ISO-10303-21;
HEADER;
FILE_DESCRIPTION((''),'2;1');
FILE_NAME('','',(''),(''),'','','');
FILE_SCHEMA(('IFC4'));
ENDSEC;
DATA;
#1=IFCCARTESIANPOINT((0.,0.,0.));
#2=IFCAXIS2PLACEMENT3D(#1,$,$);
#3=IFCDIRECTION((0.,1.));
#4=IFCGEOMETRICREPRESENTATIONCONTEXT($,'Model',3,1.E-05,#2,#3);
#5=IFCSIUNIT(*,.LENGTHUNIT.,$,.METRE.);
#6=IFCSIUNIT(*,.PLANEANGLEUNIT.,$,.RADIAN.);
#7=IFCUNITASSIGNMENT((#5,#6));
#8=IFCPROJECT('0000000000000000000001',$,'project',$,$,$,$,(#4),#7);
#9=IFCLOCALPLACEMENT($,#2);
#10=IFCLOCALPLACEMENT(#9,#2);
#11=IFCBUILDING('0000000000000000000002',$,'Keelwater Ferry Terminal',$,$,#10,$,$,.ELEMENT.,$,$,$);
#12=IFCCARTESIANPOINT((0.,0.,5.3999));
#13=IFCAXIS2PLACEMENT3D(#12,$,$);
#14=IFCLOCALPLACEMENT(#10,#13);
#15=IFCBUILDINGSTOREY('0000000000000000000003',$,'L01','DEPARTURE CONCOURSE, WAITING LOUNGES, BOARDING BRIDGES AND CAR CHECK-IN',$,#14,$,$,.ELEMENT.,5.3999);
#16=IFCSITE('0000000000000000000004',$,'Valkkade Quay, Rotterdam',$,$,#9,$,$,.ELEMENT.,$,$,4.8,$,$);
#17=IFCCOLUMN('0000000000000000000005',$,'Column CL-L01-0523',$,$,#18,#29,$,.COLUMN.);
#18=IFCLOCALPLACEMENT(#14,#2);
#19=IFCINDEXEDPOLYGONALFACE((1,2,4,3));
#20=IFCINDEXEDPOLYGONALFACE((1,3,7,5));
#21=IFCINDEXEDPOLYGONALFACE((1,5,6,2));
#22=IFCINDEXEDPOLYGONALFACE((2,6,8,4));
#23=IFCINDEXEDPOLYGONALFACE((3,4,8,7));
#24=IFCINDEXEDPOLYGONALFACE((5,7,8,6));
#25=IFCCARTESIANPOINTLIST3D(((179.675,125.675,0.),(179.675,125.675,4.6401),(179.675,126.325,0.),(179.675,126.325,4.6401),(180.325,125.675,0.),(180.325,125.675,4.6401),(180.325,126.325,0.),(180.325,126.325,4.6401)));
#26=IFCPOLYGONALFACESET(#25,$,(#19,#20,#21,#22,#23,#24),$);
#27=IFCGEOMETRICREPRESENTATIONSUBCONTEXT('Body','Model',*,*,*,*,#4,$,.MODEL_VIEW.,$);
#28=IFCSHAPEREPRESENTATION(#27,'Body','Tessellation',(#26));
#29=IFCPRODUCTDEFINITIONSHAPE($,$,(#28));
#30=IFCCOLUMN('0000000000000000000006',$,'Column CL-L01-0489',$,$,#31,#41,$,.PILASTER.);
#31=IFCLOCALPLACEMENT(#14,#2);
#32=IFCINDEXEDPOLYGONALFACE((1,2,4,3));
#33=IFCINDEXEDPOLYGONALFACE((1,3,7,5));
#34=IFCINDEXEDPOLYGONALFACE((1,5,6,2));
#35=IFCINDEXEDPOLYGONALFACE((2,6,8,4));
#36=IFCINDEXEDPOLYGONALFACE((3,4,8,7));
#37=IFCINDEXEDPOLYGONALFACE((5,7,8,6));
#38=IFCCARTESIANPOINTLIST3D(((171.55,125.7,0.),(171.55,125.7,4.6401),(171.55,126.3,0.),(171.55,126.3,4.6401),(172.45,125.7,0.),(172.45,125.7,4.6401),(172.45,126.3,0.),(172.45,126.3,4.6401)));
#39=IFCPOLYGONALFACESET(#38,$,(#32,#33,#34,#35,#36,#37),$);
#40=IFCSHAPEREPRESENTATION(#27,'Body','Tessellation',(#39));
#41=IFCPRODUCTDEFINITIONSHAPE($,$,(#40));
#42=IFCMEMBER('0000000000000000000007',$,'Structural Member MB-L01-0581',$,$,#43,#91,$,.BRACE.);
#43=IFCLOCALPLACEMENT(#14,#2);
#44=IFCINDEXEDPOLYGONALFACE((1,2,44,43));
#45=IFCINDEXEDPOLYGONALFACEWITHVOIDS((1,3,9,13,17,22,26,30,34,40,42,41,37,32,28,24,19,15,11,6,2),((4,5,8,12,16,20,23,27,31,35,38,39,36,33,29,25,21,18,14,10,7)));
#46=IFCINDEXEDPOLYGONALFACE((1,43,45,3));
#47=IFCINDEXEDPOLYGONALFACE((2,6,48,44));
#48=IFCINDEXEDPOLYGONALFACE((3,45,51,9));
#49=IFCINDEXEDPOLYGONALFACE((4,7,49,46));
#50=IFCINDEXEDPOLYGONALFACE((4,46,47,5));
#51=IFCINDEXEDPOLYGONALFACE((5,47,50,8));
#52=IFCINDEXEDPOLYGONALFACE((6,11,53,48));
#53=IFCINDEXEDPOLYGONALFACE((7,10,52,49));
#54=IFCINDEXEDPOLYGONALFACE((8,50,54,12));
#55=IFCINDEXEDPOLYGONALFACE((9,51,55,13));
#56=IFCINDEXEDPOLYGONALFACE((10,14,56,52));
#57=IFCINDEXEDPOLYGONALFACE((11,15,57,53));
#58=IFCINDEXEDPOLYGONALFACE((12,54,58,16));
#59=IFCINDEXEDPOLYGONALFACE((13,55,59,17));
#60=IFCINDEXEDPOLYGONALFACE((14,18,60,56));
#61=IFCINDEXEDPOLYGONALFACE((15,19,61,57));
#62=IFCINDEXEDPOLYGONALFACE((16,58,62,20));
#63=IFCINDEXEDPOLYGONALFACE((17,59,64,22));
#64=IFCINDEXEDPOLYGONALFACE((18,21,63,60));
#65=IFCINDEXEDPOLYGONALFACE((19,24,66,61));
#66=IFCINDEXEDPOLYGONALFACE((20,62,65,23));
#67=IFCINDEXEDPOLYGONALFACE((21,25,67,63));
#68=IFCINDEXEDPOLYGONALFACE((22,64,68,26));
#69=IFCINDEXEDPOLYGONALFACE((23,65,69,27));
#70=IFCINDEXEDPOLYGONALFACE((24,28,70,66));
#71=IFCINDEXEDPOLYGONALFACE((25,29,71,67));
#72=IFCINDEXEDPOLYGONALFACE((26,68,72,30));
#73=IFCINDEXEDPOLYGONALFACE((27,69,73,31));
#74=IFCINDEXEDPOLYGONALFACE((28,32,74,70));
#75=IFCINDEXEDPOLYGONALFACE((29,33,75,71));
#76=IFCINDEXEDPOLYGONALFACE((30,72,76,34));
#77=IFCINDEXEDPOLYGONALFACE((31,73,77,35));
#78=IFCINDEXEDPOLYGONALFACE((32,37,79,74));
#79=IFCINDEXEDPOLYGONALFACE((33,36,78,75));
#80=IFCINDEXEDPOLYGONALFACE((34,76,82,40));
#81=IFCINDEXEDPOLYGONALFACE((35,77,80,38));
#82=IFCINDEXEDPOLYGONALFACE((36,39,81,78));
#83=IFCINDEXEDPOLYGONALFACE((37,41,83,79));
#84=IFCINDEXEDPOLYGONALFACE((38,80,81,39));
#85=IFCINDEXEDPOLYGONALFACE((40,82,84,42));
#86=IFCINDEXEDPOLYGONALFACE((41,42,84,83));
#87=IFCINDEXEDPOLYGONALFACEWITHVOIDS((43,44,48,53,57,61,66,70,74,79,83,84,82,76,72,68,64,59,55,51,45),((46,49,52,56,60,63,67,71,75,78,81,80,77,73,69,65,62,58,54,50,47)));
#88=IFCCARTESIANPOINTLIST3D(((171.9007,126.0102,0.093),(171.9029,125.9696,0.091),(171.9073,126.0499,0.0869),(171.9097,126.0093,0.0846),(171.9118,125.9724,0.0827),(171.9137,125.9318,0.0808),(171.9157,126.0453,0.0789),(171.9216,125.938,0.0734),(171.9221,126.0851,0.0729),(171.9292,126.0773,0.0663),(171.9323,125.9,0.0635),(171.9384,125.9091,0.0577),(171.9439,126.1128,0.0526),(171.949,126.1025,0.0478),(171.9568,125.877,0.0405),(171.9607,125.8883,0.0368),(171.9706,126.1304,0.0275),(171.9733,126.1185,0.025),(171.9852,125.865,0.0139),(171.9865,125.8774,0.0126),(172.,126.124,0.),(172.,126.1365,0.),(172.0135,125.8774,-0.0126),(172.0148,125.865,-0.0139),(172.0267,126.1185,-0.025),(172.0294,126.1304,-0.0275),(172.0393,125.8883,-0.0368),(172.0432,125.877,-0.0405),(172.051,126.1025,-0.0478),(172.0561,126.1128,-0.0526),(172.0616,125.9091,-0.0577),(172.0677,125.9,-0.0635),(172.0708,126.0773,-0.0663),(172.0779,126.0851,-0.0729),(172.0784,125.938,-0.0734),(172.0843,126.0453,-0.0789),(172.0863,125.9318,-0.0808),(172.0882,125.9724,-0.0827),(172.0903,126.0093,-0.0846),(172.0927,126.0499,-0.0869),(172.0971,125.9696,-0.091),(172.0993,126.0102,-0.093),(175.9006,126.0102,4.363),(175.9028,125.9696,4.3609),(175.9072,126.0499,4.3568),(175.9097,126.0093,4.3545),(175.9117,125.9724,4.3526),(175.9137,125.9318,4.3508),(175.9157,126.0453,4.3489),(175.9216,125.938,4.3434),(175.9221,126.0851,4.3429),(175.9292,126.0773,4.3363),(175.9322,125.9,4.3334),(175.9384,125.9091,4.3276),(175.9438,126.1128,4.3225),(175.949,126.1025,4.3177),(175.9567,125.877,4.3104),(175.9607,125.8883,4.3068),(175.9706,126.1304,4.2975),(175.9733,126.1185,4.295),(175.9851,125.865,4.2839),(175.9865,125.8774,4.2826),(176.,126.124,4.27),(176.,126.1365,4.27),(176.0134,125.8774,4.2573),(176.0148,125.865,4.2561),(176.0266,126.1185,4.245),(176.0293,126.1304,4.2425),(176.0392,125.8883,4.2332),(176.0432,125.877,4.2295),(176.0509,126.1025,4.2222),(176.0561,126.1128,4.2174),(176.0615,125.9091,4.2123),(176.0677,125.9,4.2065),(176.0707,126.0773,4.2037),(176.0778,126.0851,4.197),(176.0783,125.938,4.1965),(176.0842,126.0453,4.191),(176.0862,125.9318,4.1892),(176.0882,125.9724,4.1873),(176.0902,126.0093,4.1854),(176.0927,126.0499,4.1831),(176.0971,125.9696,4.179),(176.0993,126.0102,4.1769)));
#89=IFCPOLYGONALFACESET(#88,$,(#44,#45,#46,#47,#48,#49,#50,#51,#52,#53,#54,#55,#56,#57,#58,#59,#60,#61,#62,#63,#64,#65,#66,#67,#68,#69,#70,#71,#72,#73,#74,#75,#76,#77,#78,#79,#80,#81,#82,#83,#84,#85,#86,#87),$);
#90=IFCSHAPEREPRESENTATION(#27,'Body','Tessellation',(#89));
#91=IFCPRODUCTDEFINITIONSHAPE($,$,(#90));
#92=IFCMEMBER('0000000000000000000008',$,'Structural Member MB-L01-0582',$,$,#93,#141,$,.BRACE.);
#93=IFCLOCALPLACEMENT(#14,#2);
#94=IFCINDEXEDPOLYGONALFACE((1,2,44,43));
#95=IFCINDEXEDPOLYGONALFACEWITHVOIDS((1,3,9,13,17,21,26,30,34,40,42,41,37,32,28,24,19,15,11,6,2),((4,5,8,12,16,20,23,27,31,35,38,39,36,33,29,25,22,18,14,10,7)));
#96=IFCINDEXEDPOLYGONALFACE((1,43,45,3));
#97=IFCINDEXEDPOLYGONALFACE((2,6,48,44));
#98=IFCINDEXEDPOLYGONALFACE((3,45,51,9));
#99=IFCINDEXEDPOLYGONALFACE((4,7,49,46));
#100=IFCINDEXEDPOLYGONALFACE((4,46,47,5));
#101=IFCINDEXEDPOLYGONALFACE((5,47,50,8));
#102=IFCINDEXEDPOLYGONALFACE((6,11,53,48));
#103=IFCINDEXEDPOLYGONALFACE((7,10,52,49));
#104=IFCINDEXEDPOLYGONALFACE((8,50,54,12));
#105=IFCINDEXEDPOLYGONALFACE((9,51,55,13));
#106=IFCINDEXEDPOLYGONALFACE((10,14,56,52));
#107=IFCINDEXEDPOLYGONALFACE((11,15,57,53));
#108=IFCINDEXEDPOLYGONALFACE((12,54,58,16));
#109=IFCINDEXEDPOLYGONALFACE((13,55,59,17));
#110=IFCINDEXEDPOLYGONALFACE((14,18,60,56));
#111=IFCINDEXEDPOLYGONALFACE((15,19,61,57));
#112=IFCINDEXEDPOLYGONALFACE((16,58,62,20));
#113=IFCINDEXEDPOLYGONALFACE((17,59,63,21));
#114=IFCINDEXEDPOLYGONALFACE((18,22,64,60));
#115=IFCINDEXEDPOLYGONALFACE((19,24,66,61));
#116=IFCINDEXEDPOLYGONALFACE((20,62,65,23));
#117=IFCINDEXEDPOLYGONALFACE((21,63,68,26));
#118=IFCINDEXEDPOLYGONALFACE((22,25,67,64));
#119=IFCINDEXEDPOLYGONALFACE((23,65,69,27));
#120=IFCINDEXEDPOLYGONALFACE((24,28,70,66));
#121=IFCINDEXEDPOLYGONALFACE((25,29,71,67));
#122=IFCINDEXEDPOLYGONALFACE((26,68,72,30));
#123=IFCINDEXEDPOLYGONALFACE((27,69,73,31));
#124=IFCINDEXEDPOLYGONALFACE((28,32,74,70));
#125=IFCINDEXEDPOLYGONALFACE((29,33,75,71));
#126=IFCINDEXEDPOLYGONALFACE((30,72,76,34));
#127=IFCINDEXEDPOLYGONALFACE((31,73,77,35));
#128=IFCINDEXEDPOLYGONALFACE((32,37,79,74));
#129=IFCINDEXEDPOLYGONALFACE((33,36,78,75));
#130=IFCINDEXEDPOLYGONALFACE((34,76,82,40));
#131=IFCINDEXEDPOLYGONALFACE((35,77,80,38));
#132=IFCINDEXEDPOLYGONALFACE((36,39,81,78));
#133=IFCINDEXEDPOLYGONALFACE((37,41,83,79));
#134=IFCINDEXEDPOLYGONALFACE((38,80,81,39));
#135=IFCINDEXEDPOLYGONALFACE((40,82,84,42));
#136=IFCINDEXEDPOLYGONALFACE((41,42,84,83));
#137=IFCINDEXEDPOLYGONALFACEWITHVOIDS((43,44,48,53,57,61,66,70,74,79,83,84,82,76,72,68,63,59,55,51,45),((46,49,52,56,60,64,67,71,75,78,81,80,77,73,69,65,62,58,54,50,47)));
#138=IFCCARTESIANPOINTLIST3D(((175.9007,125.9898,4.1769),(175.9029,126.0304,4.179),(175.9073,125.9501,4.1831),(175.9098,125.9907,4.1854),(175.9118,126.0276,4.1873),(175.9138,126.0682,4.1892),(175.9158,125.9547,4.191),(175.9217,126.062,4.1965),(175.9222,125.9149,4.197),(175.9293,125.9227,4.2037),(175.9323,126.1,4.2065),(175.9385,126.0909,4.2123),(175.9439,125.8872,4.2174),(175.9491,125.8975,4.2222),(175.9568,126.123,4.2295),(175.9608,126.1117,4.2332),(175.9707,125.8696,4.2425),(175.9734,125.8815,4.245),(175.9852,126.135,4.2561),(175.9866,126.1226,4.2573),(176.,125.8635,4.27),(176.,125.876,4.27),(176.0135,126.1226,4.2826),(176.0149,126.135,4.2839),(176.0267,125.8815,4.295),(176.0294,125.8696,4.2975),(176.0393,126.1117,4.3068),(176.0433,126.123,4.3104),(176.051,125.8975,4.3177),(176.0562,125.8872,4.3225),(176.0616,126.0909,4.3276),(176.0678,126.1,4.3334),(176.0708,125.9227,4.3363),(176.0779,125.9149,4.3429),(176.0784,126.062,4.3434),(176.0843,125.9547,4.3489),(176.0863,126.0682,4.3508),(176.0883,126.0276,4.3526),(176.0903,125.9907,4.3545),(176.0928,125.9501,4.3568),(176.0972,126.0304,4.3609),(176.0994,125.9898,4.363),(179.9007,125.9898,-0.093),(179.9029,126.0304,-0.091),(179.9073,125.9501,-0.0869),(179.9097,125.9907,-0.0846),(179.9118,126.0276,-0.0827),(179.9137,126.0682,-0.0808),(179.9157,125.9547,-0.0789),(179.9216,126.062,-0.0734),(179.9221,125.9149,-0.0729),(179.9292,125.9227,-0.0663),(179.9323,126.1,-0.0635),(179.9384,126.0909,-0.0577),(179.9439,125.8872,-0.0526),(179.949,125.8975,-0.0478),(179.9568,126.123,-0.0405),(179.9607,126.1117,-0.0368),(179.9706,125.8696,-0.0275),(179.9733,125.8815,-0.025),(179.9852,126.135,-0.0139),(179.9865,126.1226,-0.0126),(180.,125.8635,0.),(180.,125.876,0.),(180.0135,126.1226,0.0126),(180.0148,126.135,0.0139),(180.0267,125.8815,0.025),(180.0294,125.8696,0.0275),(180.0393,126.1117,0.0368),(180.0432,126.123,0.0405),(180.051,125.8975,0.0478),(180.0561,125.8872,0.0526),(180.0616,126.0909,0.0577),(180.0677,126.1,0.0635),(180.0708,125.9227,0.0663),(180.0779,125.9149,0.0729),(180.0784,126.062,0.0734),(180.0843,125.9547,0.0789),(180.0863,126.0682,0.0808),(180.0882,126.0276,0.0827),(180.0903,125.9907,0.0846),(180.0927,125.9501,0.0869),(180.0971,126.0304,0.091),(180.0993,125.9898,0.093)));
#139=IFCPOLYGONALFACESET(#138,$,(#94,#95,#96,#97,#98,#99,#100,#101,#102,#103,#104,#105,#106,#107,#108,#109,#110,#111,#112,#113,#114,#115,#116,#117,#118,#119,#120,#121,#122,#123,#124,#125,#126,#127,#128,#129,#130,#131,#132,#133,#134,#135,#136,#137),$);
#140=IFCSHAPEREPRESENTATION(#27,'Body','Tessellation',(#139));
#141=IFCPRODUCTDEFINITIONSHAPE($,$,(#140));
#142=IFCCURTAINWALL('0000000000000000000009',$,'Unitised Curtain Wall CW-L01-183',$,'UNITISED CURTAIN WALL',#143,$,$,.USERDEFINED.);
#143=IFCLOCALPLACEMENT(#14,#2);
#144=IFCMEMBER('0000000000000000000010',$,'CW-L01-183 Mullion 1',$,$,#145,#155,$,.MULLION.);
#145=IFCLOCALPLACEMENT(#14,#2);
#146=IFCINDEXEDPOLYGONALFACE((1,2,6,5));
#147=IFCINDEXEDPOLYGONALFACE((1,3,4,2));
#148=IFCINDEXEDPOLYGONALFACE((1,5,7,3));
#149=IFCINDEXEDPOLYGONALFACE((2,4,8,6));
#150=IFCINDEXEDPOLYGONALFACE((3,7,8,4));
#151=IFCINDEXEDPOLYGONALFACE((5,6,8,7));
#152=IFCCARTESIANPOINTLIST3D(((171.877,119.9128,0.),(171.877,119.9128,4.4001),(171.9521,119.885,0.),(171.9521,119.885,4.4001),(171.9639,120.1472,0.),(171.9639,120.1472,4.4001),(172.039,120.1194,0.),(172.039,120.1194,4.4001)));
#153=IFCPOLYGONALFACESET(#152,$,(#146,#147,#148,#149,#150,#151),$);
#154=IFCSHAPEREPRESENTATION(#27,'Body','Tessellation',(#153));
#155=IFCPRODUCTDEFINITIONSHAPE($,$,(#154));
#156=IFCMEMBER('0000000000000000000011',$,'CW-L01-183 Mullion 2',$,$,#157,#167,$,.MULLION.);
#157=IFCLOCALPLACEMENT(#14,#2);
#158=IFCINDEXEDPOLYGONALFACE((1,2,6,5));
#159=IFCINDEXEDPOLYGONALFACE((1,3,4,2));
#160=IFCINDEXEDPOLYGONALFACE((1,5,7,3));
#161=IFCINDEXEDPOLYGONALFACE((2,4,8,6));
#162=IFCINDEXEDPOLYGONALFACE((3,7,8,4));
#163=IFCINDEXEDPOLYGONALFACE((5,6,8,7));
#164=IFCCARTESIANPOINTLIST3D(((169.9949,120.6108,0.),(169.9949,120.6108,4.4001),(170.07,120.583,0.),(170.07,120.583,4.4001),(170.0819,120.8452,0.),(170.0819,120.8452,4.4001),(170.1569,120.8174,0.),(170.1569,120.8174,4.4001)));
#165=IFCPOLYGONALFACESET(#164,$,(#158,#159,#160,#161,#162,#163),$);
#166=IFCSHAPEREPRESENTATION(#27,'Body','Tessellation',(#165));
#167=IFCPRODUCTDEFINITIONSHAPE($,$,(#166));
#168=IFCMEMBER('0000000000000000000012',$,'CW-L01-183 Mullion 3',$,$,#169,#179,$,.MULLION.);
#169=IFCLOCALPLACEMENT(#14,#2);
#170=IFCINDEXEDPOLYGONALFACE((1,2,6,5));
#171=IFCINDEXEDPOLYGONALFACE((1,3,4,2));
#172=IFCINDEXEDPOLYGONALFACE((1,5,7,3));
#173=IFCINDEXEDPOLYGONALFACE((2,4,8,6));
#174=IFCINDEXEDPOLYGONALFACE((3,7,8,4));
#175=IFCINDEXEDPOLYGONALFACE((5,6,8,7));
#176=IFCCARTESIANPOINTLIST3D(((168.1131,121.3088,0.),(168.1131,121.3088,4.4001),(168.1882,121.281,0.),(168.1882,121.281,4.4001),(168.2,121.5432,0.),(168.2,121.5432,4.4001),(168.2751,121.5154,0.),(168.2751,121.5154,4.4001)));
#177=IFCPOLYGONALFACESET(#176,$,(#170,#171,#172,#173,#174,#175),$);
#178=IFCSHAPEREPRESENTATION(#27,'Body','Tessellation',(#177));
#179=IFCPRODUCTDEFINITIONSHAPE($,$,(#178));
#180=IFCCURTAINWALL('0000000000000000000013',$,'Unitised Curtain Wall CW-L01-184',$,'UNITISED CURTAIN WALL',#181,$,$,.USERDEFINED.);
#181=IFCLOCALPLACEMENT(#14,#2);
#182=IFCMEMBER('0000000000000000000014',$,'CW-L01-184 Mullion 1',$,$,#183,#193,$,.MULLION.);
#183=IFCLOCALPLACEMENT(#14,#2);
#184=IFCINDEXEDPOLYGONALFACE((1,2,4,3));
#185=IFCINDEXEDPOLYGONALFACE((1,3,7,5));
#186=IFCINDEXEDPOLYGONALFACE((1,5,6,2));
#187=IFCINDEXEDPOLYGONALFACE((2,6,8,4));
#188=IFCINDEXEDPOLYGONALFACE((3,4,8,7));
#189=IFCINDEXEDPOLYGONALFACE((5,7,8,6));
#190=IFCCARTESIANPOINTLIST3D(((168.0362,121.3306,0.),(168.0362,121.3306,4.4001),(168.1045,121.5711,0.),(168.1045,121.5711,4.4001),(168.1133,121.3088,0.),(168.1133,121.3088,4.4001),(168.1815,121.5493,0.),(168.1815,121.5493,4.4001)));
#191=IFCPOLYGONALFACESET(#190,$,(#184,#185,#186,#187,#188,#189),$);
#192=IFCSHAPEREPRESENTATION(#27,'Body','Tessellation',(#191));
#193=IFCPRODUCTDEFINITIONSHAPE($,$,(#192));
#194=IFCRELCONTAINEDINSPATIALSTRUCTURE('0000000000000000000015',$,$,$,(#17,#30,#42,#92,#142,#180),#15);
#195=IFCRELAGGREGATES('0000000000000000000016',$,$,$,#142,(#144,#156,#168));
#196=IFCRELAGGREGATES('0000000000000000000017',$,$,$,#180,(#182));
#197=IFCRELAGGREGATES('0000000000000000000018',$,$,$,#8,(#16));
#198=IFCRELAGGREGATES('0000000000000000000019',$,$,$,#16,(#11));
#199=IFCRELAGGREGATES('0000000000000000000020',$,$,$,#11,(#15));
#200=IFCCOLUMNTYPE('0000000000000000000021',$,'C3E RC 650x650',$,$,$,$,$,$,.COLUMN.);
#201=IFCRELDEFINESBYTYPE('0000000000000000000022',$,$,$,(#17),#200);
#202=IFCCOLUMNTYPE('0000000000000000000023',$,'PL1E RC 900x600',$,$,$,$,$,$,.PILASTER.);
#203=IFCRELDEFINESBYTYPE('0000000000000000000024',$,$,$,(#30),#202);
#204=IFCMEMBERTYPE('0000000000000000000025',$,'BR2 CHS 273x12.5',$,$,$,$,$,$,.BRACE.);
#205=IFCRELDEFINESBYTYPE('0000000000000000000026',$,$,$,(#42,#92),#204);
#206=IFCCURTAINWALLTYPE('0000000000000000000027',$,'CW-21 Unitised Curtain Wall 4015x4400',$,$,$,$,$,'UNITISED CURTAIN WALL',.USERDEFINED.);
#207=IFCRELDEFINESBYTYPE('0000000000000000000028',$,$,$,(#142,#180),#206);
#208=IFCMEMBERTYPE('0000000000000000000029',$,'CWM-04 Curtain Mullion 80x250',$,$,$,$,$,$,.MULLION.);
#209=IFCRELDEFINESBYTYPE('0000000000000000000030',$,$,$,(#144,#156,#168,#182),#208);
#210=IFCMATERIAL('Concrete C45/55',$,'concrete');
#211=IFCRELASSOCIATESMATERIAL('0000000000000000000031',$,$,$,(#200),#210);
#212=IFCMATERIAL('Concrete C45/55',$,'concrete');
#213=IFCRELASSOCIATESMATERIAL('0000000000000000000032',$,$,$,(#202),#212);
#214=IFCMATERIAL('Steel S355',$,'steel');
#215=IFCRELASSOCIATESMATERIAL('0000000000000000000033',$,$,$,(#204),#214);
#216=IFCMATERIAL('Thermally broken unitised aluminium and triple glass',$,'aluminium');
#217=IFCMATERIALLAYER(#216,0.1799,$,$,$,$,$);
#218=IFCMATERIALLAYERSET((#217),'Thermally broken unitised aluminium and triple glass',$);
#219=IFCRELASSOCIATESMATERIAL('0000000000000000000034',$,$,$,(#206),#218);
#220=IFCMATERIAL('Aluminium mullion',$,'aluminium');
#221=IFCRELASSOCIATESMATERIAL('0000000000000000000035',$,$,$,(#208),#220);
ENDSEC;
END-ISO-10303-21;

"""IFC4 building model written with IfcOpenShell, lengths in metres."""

from ifc_helpers import new_model, si_unit, direction, frame, origin, origin_2d, place, context, subcontext, project, spatial, rectangle, hollow_circle, extrude, material, layer, layer_set, material_profile, profile_set, type_object, element, aggregate, save


model = new_model("IFC4")

# Units and contexts
model_context = context("Model", 3, precision=1e-05, world=origin(), true_north=direction((0.0, 1.0)))
body_context = subcontext(model_context, "Body", "Model", "MODEL_VIEW")
ifc_project = project(units=[si_unit("LENGTHUNIT", "METRE"), si_unit("PLANEANGLEUNIT", "RADIAN")], contexts=[model_context])

# Site, building, storey
site_placement = place(None, origin())
site = spatial("IfcSite", under=ifc_project, at=site_placement, Name="Valkkade Quay, Rotterdam", CompositionType="ELEMENT", RefElevation=4.8)
building_placement = place(site_placement, origin())
building = spatial("IfcBuilding", under=site, at=building_placement, Name="Keelwater Ferry Terminal", CompositionType="ELEMENT")
storey_placement = place(building_placement, frame((0.0, 0.0, 5.3999)))
storey = spatial("IfcBuildingStorey", under=building, at=storey_placement, Name="L01", Description="DEPARTURE CONCOURSE, WAITING LOUNGES, BOARDING BRIDGES AND CAR CHECK-IN", CompositionType="ELEMENT", Elevation=5.3999)

# Columns
ifc_material_1 = material(Name="Concrete C45/55", Category="concrete")
ifc_material_profile_1 = material_profile(ifc_material_1, rectangle(XDim=0.6499, YDim=0.6499, at=origin_2d()), Name="RC 650x650")
ifc_profile_set_1 = profile_set([ifc_material_profile_1], Name="Concrete C45/55")
column_type_1 = type_object("IfcColumnType", Name="C3E RC 650x650", PredefinedType="COLUMN", material=ifc_profile_set_1)
column_1_placement = place(storey_placement, frame((180.0, 126.0, 0.0), z_axis=(0.0, 0.0, 1.0), x_axis=(1.0, 0.0, 0.0)))
element("IfcColumn", 1, at=column_1_placement, inside=storey, type_object=column_type_1, Name="Column CL-L01-0523", PredefinedType="COLUMN", context=body_context, shape_type="SweptSolid", body=[
    extrude(rectangle(XDim=0.6499, YDim=0.6499, at=origin_2d()), origin(), (0.0, 0.0, 1.0), 4.6401),
])
ifc_material_2 = material(Name="Concrete C45/55", Category="concrete")
ifc_material_profile_2 = material_profile(ifc_material_2, rectangle(XDim=0.6001, YDim=0.8999, at=origin_2d()), Name="RC 900x600")
ifc_profile_set_2 = profile_set([ifc_material_profile_2], Name="Concrete C45/55")
column_type_2 = type_object("IfcColumnType", Name="PL1E RC 900x600", PredefinedType="PILASTER", material=ifc_profile_set_2)
column_2_placement = place(storey_placement, frame((172.0, 126.0, 0.0), z_axis=(0.0, 0.0, 1.0), x_axis=(0.0, 1.0, 0.0)))
element("IfcColumn", 2, at=column_2_placement, inside=storey, type_object=column_type_2, Name="Column CL-L01-0489", PredefinedType="PILASTER", context=body_context, shape_type="SweptSolid", body=[
    extrude(rectangle(XDim=0.6001, YDim=0.8999, at=origin_2d()), origin(), (0.0, 0.0, 1.0), 4.6401),
])

# Members
ifc_material_3 = material(Name="Steel S355", Category="steel")
ifc_material_profile_3 = material_profile(ifc_material_3, hollow_circle(Radius=0.1365, WallThickness=0.0125, at=origin_2d()), Name="CHS 273x12.5")
ifc_profile_set_3 = profile_set([ifc_material_profile_3], Name="Steel S355")
member_type_1 = type_object("IfcMemberType", Name="BR2 CHS 273x12.5", PredefinedType="BRACE", material=ifc_profile_set_3)
for number, where, z_axis, x_axis, name in (
    (3, (172.0, 126.0, 0.0), (0.683655, 0.0, 0.729805), (0.0, 1.0, 0.0), "Structural Member MB-L01-0581"),
    (4, (180.0, 126.0, 0.0), (-0.683655, 0.0, 0.729805), (0.0, -1.0, 0.0), "Structural Member MB-L01-0582"),
):
    element("IfcMember", number, at=place(storey_placement, frame(where, z_axis=z_axis, x_axis=x_axis)), inside=storey, type_object=member_type_1, Name=name, PredefinedType="BRACE", context=body_context, shape_type="SweptSolid", body=[
        extrude(hollow_circle(Radius=0.1365, WallThickness=0.0125, at=origin_2d()), origin(), (0.0, 0.0, 1.0), 5.8508),
    ])

# Curtain wall, members
ifc_material_4 = material(Name="Thermally broken unitised aluminium and triple glass", Category="aluminium")
ifc_layer_1 = layer(ifc_material_4, 0.1799)
ifc_layer_set_1 = layer_set([ifc_layer_1], Name="Thermally broken unitised aluminium and triple glass")
curtain_wall_type = type_object("IfcCurtainWallType", Name="CW-21 Unitised Curtain Wall 4015x4400", ElementType="UNITISED CURTAIN WALL", PredefinedType="USERDEFINED", material=ifc_layer_set_1)
curtain_wall_1_placement = place(storey_placement, origin())
curtain_wall_1 = element("IfcCurtainWall", 5, at=curtain_wall_1_placement, inside=storey, type_object=curtain_wall_type, Name="Unitised Curtain Wall CW-L01-183", ObjectType="UNITISED CURTAIN WALL", PredefinedType="USERDEFINED")
ifc_material_5 = material(Name="Aluminium mullion", Category="aluminium")
ifc_material_profile_4 = material_profile(ifc_material_5, rectangle(XDim=0.0801, YDim=0.25, at=origin_2d()), Name="CWM-04")
ifc_profile_set_4 = profile_set([ifc_material_profile_4], Name="Aluminium mullion")
member_type_2 = type_object("IfcMemberType", Name="CWM-04 Curtain Mullion 80x250", PredefinedType="MULLION", material=ifc_profile_set_4)
member_1_placement = place(storey_placement, frame((171.958, 120.0161, 0.0), z_axis=(0.0, 0.0, 1.0), x_axis=(-0.937592, 0.347736, 0.0)))
member_1 = element("IfcMember", 6, at=member_1_placement, type_object=member_type_2, Name="CW-L01-183 Mullion 1", PredefinedType="MULLION", context=body_context, shape_type="SweptSolid", body=[
    extrude(rectangle(XDim=0.0801, YDim=0.25, at=origin_2d()), origin(), (0.0, 0.0, 1.0), 4.4001),
])
member_2_placement = place(storey_placement, frame((170.0759, 120.7141, 0.0), z_axis=(0.0, 0.0, 1.0), x_axis=(-0.937592, 0.347736, 0.0)))
member_2 = element("IfcMember", 7, at=member_2_placement, type_object=member_type_2, Name="CW-L01-183 Mullion 2", PredefinedType="MULLION", context=body_context, shape_type="SweptSolid", body=[
    extrude(rectangle(XDim=0.0801, YDim=0.25, at=origin_2d()), origin(), (0.0, 0.0, 1.0), 4.4001),
])
member_3_placement = place(storey_placement, frame((168.1941, 121.4121, 0.0), z_axis=(0.0, 0.0, 1.0), x_axis=(-0.937592, 0.347736, 0.0)))
member_3 = element("IfcMember", 8, at=member_3_placement, type_object=member_type_2, Name="CW-L01-183 Mullion 3", PredefinedType="MULLION", context=body_context, shape_type="SweptSolid", body=[
    extrude(rectangle(XDim=0.0801, YDim=0.25, at=origin_2d()), origin(), (0.0, 0.0, 1.0), 4.4001),
])

# Curtain wall, member
curtain_wall_2_placement = place(storey_placement, origin())
curtain_wall_2 = element("IfcCurtainWall", 9, at=curtain_wall_2_placement, inside=storey, type_object=curtain_wall_type, Name="Unitised Curtain Wall CW-L01-184", ObjectType="UNITISED CURTAIN WALL", PredefinedType="USERDEFINED")
member_4_placement = place(storey_placement, frame((168.1089, 121.4399, 0.0), z_axis=(0.0, 0.0, 1.0), x_axis=(-0.96203, 0.272945, 0.0)))
member_4 = element("IfcMember", 10, at=member_4_placement, type_object=member_type_2, Name="CW-L01-184 Mullion 1", PredefinedType="MULLION", context=body_context, shape_type="SweptSolid", body=[
    extrude(rectangle(XDim=0.0801, YDim=0.25, at=origin_2d()), origin(), (0.0, 0.0, 1.0), 4.4001),
])

aggregate(curtain_wall_1, [member_1, member_2, member_3])
aggregate(curtain_wall_2, [member_4])

save(model, "model.ifc")
